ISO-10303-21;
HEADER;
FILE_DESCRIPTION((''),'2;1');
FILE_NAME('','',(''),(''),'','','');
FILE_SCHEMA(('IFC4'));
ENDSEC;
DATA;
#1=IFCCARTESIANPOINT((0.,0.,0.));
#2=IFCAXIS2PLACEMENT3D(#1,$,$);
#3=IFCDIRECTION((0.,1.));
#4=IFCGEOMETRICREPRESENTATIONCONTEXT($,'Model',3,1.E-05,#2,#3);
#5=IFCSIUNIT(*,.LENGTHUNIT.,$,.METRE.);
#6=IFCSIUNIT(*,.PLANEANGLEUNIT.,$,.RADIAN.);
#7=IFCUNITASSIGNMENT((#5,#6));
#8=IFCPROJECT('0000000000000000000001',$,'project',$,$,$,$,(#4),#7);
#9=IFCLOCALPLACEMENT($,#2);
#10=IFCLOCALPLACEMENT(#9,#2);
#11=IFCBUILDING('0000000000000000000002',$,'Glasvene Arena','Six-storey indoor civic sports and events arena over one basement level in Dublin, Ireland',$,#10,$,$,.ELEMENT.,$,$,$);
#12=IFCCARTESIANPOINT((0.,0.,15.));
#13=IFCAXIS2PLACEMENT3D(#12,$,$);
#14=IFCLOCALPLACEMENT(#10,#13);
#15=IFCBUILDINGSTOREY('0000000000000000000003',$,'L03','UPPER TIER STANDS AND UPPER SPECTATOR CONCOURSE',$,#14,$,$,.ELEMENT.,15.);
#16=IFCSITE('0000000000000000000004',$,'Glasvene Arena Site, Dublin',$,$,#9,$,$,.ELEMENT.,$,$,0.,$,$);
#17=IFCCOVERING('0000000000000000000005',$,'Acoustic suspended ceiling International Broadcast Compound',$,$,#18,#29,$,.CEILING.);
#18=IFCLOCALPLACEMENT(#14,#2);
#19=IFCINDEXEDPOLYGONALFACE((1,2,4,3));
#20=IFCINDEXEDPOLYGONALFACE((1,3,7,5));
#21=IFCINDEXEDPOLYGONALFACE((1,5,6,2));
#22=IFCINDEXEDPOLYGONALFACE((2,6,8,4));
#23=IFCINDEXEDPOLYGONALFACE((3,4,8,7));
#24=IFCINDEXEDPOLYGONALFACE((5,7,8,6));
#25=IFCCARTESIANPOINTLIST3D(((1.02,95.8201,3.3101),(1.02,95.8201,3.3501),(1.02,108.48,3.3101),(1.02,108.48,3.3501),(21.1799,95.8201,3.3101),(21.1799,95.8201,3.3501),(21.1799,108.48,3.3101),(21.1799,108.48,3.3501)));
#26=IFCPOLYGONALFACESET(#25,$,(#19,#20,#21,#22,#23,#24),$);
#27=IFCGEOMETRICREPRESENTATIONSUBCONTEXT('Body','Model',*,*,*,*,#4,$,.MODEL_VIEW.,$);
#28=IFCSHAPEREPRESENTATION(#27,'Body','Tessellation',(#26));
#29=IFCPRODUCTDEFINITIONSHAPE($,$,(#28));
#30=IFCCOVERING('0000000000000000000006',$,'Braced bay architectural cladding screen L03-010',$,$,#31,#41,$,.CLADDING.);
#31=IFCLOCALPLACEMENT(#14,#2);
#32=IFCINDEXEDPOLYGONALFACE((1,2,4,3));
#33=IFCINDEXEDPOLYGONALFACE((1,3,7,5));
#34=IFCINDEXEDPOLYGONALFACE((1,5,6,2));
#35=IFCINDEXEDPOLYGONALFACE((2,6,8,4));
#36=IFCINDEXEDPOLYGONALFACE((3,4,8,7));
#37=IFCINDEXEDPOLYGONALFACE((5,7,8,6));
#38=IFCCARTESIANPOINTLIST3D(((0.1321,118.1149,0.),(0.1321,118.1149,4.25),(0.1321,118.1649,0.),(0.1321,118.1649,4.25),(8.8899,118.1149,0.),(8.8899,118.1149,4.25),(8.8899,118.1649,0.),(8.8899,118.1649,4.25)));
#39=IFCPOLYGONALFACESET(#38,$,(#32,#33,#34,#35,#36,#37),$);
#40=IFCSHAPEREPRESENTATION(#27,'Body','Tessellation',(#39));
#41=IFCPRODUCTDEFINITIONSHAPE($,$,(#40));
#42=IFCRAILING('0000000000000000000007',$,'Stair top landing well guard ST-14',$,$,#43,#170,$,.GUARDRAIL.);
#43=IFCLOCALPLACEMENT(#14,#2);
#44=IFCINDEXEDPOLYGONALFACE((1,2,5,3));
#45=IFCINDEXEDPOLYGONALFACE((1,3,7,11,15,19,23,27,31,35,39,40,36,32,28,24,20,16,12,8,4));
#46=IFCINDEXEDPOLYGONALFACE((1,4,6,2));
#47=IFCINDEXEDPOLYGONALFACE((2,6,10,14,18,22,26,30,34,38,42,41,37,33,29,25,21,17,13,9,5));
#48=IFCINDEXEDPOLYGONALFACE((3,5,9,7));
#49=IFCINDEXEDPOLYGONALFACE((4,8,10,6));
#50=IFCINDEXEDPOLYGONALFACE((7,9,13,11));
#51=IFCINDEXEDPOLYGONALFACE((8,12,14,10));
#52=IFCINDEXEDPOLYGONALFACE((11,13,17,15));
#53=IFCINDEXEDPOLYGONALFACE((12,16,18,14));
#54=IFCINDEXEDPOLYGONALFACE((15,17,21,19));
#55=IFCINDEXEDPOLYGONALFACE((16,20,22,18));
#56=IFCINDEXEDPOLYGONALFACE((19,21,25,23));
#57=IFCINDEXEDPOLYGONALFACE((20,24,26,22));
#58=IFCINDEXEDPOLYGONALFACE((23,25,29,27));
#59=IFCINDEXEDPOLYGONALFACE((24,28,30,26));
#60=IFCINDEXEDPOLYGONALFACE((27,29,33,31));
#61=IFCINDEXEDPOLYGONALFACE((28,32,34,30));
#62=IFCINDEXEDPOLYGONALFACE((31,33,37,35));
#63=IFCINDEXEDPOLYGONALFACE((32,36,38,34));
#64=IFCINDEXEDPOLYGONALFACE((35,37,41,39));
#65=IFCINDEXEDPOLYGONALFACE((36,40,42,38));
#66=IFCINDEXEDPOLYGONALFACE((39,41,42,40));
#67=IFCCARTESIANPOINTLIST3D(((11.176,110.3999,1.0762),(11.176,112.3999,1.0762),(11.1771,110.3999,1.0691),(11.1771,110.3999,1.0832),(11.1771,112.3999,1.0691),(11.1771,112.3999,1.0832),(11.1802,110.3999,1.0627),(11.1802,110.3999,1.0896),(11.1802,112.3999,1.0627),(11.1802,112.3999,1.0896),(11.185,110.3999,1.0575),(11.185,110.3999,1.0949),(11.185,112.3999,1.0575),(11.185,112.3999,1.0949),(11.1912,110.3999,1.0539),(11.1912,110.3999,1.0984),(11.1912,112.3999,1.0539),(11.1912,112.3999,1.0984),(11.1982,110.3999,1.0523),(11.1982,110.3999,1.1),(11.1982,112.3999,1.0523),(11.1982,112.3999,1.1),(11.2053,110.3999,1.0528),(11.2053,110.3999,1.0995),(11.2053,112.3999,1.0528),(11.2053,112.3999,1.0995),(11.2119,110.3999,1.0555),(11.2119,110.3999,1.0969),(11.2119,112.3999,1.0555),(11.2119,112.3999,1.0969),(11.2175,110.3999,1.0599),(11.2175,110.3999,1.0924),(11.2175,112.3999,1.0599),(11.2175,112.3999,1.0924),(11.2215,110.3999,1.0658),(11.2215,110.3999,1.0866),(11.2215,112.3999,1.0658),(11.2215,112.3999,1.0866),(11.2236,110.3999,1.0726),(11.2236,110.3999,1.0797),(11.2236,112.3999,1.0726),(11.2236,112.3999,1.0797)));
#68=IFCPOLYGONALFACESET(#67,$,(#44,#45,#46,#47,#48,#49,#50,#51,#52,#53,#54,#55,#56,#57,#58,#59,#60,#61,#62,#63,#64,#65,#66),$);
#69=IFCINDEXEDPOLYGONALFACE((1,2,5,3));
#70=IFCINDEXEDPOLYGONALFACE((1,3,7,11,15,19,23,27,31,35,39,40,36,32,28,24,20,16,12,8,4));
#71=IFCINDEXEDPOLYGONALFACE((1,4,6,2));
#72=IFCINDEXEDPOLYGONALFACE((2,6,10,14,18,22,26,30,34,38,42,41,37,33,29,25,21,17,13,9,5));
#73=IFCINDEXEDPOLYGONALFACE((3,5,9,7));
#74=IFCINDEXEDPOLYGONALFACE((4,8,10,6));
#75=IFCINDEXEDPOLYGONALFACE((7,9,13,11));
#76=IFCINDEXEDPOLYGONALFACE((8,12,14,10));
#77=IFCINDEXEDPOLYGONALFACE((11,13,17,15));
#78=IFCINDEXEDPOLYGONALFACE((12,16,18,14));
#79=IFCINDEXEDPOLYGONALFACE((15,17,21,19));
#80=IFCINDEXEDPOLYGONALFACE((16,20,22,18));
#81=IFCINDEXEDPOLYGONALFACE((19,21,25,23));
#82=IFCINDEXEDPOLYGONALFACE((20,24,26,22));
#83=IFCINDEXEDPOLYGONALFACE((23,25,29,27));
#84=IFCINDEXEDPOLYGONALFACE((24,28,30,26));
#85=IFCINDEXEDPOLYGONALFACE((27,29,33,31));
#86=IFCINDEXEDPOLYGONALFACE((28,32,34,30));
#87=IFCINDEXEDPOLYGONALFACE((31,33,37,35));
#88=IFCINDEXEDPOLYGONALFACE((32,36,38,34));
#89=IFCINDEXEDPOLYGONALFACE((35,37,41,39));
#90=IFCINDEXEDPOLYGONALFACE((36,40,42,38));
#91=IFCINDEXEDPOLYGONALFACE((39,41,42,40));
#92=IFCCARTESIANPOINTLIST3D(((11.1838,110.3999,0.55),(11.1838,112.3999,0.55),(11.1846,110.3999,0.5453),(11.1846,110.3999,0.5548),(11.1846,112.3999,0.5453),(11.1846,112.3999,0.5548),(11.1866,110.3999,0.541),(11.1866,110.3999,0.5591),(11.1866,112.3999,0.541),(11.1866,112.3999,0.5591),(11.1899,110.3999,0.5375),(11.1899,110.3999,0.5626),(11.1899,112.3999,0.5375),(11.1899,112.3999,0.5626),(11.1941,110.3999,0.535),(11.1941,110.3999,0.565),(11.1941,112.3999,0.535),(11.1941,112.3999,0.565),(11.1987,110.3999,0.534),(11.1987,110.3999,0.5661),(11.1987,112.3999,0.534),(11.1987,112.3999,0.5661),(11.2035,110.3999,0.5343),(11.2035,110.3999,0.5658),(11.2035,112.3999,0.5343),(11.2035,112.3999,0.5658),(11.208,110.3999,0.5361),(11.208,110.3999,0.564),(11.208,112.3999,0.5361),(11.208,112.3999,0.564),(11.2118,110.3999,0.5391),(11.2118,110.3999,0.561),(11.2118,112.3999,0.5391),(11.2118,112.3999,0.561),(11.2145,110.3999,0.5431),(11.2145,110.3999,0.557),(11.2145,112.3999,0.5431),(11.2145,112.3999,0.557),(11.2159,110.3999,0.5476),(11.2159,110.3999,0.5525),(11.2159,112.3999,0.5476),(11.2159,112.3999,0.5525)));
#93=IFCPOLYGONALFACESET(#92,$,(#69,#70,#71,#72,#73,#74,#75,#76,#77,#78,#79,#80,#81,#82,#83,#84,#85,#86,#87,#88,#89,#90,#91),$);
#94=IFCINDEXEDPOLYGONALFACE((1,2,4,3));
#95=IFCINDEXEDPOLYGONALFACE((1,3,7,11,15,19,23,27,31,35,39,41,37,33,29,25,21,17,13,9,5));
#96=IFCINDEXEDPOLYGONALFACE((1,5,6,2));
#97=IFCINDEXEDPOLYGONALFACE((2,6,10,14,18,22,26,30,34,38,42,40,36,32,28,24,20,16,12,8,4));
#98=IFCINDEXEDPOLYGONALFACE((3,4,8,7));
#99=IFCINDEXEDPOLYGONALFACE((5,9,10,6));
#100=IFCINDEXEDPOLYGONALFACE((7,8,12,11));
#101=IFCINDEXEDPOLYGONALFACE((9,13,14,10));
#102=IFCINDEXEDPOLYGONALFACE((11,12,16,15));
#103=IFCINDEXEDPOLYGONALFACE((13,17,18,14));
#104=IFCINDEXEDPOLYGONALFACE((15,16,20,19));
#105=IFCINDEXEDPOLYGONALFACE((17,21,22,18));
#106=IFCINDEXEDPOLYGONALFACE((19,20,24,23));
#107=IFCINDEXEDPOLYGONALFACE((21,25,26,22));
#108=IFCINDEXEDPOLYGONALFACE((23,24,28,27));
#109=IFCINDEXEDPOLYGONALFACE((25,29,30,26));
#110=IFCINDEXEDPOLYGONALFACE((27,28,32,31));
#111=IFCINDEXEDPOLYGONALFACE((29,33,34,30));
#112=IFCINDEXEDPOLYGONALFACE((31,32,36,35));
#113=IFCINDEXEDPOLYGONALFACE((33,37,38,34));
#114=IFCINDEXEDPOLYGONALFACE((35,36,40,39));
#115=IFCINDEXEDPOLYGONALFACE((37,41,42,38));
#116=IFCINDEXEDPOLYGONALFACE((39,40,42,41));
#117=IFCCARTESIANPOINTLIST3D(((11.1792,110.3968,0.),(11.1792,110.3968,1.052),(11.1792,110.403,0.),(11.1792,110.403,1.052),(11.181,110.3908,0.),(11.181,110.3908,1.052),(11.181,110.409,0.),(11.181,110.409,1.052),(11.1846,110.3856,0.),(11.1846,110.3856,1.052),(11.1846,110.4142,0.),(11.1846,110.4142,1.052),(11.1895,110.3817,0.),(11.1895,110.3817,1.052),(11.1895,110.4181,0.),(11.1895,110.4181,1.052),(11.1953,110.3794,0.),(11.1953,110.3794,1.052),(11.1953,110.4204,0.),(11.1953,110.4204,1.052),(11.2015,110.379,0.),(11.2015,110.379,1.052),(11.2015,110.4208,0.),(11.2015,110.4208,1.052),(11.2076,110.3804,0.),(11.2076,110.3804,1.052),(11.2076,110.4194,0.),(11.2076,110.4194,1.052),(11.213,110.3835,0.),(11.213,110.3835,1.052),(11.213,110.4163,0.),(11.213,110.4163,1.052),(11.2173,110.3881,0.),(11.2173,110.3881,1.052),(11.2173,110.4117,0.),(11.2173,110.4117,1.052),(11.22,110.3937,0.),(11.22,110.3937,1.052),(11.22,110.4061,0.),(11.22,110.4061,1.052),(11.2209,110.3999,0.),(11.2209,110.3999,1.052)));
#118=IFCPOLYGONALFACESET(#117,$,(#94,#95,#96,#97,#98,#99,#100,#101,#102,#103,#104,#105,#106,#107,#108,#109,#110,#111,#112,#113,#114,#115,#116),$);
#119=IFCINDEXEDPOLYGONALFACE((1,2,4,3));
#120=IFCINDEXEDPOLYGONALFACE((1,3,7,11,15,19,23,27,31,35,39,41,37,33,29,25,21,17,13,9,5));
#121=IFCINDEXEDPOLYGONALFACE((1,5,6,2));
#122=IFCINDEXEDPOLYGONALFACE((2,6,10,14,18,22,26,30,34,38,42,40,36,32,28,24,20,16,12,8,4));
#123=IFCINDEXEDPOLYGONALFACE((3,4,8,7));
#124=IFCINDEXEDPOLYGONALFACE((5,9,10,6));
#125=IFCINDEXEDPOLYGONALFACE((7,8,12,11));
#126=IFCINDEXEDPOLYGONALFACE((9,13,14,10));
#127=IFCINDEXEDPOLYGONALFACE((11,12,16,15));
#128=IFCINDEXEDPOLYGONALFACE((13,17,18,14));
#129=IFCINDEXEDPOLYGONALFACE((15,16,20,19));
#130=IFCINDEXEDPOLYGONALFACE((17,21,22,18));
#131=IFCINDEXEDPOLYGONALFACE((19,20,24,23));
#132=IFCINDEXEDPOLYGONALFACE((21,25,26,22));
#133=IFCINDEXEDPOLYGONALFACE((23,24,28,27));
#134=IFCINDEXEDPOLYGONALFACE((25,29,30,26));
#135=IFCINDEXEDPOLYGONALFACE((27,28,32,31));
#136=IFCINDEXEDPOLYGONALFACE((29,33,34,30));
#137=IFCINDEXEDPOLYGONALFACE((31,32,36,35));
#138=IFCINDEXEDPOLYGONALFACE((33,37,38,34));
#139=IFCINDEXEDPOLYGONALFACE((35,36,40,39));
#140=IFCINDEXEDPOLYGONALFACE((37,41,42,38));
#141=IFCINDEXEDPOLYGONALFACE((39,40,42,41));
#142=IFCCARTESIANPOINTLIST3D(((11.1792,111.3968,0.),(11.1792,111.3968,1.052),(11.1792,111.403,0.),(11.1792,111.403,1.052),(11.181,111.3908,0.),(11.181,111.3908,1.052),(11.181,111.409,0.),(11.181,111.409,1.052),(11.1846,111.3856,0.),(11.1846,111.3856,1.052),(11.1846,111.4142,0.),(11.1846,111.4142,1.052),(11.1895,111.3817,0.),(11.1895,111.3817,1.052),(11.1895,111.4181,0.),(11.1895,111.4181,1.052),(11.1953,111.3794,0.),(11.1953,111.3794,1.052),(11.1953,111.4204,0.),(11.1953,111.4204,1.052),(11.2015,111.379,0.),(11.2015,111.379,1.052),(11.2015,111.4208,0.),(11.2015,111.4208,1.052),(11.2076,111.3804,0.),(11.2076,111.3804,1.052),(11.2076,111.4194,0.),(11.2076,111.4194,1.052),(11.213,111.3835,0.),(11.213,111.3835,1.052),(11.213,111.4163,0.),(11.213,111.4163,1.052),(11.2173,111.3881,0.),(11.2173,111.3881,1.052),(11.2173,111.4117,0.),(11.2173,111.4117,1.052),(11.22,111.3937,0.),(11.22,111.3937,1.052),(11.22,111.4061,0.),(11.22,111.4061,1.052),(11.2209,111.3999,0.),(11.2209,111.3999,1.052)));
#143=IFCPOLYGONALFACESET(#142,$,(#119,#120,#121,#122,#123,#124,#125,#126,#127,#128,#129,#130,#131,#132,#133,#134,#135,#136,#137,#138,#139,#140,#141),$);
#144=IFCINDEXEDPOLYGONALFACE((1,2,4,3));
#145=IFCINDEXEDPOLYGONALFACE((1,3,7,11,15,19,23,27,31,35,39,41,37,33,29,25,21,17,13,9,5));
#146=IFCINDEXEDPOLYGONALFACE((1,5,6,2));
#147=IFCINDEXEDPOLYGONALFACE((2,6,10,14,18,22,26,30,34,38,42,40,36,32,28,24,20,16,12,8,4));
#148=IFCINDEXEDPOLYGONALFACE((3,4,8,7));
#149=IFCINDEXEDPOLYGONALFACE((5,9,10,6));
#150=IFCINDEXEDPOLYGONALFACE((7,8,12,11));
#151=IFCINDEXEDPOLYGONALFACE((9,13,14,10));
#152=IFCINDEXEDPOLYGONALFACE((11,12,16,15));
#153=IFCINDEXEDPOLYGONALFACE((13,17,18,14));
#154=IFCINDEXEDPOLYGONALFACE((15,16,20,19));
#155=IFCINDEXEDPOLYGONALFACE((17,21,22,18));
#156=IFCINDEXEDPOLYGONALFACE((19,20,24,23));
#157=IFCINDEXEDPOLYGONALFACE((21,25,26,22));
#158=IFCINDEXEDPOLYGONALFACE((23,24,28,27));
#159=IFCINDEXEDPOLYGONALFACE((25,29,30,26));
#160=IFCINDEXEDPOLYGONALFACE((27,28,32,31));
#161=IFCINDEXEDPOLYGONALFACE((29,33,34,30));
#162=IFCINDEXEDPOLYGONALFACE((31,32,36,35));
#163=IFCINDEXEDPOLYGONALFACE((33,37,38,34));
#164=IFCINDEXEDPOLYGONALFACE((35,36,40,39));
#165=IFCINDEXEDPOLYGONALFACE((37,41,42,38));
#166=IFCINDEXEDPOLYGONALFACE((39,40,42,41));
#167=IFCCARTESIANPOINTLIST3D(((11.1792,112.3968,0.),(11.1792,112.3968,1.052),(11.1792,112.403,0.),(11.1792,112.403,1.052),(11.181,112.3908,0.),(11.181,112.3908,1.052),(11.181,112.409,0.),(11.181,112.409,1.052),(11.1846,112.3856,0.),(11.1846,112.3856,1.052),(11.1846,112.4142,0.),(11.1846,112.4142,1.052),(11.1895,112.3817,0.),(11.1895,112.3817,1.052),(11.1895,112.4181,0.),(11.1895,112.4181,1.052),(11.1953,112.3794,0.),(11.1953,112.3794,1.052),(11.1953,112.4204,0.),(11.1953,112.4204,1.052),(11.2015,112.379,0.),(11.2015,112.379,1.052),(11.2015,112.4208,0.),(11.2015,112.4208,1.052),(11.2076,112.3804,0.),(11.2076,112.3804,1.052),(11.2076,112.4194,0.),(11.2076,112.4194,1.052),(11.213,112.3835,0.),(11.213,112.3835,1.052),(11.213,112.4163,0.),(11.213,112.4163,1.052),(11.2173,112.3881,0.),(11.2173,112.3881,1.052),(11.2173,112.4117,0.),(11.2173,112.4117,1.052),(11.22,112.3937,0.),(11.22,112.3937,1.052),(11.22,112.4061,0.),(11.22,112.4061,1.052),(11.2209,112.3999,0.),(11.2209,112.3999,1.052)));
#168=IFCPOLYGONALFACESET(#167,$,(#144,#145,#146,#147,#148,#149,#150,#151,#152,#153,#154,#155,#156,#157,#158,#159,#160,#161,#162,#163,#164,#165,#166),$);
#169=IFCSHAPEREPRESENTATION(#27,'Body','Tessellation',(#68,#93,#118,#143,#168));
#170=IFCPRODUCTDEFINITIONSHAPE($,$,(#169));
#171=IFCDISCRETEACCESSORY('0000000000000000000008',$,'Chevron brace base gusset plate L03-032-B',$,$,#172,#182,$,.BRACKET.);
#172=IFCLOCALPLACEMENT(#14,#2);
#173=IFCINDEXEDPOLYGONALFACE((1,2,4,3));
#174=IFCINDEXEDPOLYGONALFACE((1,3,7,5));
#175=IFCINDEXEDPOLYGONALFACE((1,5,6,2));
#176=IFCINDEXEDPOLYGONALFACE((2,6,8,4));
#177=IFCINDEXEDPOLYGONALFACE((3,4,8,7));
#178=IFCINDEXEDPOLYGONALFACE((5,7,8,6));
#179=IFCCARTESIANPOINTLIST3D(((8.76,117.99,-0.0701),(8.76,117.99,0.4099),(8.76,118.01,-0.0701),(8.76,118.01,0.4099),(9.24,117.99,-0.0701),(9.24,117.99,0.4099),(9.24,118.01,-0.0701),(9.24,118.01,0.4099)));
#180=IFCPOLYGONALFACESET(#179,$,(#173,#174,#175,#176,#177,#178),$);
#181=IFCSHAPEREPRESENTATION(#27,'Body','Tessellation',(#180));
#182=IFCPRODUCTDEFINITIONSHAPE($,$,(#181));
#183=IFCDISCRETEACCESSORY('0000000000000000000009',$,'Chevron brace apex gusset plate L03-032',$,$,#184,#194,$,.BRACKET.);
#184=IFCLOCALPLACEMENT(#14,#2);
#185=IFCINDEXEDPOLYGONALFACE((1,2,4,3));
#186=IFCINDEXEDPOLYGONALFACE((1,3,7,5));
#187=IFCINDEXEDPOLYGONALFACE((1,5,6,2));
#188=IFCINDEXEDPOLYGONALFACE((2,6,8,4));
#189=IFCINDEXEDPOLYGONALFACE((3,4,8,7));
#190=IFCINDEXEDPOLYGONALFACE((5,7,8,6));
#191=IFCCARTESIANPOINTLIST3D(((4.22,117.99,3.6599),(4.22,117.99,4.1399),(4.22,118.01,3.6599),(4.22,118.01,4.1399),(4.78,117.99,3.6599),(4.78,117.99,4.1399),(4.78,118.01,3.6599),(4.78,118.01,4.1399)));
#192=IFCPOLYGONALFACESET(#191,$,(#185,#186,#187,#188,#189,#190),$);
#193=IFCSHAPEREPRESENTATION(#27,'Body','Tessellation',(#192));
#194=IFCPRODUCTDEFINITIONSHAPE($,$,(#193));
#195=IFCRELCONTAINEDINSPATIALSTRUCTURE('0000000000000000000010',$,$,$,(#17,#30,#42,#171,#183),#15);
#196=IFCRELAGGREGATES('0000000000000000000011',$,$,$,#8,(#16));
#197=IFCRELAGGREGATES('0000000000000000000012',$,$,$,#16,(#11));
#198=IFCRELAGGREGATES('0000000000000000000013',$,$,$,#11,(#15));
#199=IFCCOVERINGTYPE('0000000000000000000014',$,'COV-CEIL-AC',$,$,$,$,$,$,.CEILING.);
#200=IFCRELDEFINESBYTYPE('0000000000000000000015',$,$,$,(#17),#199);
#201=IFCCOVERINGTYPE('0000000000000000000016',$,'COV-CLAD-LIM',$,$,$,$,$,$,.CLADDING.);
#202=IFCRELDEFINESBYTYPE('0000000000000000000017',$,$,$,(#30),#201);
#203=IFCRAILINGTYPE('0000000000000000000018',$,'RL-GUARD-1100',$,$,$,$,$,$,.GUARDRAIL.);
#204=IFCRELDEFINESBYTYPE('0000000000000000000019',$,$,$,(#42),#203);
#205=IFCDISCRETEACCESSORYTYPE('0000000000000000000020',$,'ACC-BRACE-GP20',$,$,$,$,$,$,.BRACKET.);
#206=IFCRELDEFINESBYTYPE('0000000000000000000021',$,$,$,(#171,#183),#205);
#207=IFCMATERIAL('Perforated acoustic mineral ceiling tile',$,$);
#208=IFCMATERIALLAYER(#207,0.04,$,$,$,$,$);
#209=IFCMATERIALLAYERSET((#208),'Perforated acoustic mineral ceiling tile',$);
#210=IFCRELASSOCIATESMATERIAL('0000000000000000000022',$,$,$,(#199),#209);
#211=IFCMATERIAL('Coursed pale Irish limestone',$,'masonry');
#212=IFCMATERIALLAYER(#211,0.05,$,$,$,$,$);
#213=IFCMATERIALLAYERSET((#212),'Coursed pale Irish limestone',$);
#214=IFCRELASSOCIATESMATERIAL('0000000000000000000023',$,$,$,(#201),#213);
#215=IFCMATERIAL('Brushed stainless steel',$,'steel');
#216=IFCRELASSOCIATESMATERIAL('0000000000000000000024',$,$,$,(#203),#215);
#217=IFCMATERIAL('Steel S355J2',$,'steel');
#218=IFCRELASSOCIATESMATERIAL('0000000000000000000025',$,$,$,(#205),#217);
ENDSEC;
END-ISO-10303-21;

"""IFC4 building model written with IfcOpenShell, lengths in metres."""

from ifc_helpers import new_model, si_unit, direction, frame, origin, origin_2d, place, context, subcontext, project, spatial, polyline, rectangle, circle, outline, extrude, material, layer, layer_set, type_object, element, save


model = new_model("IFC4")

# Units and contexts
model_context = context("Model", 3, precision=1e-05, world=origin(), true_north=direction((0.0, 1.0)))
body_context = subcontext(model_context, "Body", "Model", "MODEL_VIEW")
ifc_project = project(units=[si_unit("LENGTHUNIT", "METRE"), si_unit("PLANEANGLEUNIT", "RADIAN")], contexts=[model_context])

# Site, building, storey
site_placement = place(None, origin())
site = spatial("IfcSite", under=ifc_project, at=site_placement, Name="Glasvene Arena Site, Dublin", CompositionType="ELEMENT", RefElevation=0.0)
building_placement = place(site_placement, origin())
building = spatial("IfcBuilding", under=site, at=building_placement, Name="Glasvene Arena", Description="Six-storey indoor civic sports and events arena over one basement level in Dublin, Ireland", CompositionType="ELEMENT")
storey_placement = place(building_placement, frame((0.0, 0.0, 15.0)))
storey = spatial("IfcBuildingStorey", under=building, at=storey_placement, Name="L03", Description="UPPER TIER STANDS AND UPPER SPECTATOR CONCOURSE", CompositionType="ELEMENT", Elevation=15.0)

# Shared definitions
ifc_material_1 = material(Name="Steel S355J2", Category="steel")

# Shared definitions
ifc_material_2 = material(Name="Coursed pale Irish limestone", Category="masonry")

# Coverings
ifc_material_3 = material(Name="Perforated acoustic mineral ceiling tile")
ifc_layer_1 = layer(ifc_material_3, 0.04)
ifc_layer_set_1 = layer_set([ifc_layer_1], Name="Perforated acoustic mineral ceiling tile")
covering_type_1 = type_object("IfcCoveringType", Name="COV-CEIL-AC", PredefinedType="CEILING", material=ifc_layer_set_1)
covering_1_placement = place(storey_placement, frame((11.1001, 102.1499, 3.3101)))
element("IfcCovering", 1, at=covering_1_placement, inside=storey, type_object=covering_type_1, Name="Acoustic suspended ceiling International Broadcast Compound", PredefinedType="CEILING", context=body_context, shape_type="SweptSolid", body=[
    extrude(outline(polyline([(10.0798, 6.3301), (10.0798, -6.3298), (-10.0801, -6.3298), (-10.0801, 6.3301), (10.0798, 6.3301)])), origin(), (0.0, 0.0, 1.0), 0.04),
])
ifc_layer_2 = layer(ifc_material_2, 0.05)
ifc_layer_set_2 = layer_set([ifc_layer_2], Name="Coursed pale Irish limestone")
covering_type_2 = type_object("IfcCoveringType", Name="COV-CLAD-LIM", PredefinedType="CLADDING", material=ifc_layer_set_2)
covering_2_placement = place(storey_placement, frame((4.511, 118.1399, 0.0), z_axis=(0.0, 0.0, 1.0), x_axis=(1.0, 0.0, 0.0)))
element("IfcCovering", 2, at=covering_2_placement, inside=storey, type_object=covering_type_2, Name="Braced bay architectural cladding screen L03-010", PredefinedType="CLADDING", context=body_context, shape_type="SweptSolid", body=[
    extrude(rectangle(XDim=8.7578, YDim=0.05, at=origin_2d()), origin(), (0.0, 0.0, 1.0), 4.25),
])

# Railing
ifc_material_4 = material(Name="Brushed stainless steel", Category="steel")
railing_type = type_object("IfcRailingType", Name="RL-GUARD-1100", PredefinedType="GUARDRAIL", material=ifc_material_4)
railing_placement = place(storey_placement, frame((11.2, 110.3999, 0.0)))
element("IfcRailing", 3, at=railing_placement, inside=storey, type_object=railing_type, Name="Stair top landing well guard ST-14", PredefinedType="GUARDRAIL", context=body_context, shape_type="SweptSolid", body=[
    extrude(circle(Radius=0.0239, at=origin_2d()), frame((0.0, 0.0, 1.0762), z_axis=(0.0, 1.0, 0.0), x_axis=(-1.0, 0.0, 0.0)), (0.0, 0.0, 1.0), 2.0),
    extrude(circle(Radius=0.0161, at=origin_2d()), frame((0.0, 0.0, 0.55), z_axis=(0.0, 1.0, 0.0), x_axis=(-1.0, 0.0, 0.0)), (0.0, 0.0, 1.0), 2.0),
    extrude(circle(Radius=0.021, at=origin_2d()), origin(), (0.0, 0.0, 1.0), 1.052),
    extrude(circle(Radius=0.021, at=origin_2d()), frame((0.0, 1.0, 0.0)), (0.0, 0.0, 1.0), 1.052),
    extrude(circle(Radius=0.021, at=origin_2d()), frame((0.0, 2.0, 0.0)), (0.0, 0.0, 1.0), 1.052),
])

# Discrete accessories
discrete_accessory_type_1 = type_object("IfcDiscreteAccessoryType", Name="ACC-BRACE-GP20", PredefinedType="BRACKET", material=ifc_material_1)
discrete_accessory_1_placement = place(storey_placement, frame((9.0, 118.0, -0.0701), z_axis=(0.0, 0.0, 1.0), x_axis=(1.0, 0.0, 0.0)))
element("IfcDiscreteAccessory", 4, at=discrete_accessory_1_placement, inside=storey, type_object=discrete_accessory_type_1, Name="Chevron brace base gusset plate L03-032-B", PredefinedType="BRACKET", context=body_context, shape_type="SweptSolid", body=[
    extrude(rectangle(XDim=0.48, YDim=0.02, at=origin_2d()), origin(), (0.0, 0.0, 1.0), 0.48),
])
discrete_accessory_2_placement = place(storey_placement, frame((4.5, 118.0, 3.6599), z_axis=(0.0, 0.0, 1.0), x_axis=(1.0, 0.0, 0.0)))
element("IfcDiscreteAccessory", 5, at=discrete_accessory_2_placement, inside=storey, type_object=discrete_accessory_type_1, Name="Chevron brace apex gusset plate L03-032", PredefinedType="BRACKET", context=body_context, shape_type="SweptSolid", body=[
    extrude(rectangle(XDim=0.5601, YDim=0.02, at=origin_2d()), origin(), (0.0, 0.0, 1.0), 0.48),
])

save(model, "model.ifc")
